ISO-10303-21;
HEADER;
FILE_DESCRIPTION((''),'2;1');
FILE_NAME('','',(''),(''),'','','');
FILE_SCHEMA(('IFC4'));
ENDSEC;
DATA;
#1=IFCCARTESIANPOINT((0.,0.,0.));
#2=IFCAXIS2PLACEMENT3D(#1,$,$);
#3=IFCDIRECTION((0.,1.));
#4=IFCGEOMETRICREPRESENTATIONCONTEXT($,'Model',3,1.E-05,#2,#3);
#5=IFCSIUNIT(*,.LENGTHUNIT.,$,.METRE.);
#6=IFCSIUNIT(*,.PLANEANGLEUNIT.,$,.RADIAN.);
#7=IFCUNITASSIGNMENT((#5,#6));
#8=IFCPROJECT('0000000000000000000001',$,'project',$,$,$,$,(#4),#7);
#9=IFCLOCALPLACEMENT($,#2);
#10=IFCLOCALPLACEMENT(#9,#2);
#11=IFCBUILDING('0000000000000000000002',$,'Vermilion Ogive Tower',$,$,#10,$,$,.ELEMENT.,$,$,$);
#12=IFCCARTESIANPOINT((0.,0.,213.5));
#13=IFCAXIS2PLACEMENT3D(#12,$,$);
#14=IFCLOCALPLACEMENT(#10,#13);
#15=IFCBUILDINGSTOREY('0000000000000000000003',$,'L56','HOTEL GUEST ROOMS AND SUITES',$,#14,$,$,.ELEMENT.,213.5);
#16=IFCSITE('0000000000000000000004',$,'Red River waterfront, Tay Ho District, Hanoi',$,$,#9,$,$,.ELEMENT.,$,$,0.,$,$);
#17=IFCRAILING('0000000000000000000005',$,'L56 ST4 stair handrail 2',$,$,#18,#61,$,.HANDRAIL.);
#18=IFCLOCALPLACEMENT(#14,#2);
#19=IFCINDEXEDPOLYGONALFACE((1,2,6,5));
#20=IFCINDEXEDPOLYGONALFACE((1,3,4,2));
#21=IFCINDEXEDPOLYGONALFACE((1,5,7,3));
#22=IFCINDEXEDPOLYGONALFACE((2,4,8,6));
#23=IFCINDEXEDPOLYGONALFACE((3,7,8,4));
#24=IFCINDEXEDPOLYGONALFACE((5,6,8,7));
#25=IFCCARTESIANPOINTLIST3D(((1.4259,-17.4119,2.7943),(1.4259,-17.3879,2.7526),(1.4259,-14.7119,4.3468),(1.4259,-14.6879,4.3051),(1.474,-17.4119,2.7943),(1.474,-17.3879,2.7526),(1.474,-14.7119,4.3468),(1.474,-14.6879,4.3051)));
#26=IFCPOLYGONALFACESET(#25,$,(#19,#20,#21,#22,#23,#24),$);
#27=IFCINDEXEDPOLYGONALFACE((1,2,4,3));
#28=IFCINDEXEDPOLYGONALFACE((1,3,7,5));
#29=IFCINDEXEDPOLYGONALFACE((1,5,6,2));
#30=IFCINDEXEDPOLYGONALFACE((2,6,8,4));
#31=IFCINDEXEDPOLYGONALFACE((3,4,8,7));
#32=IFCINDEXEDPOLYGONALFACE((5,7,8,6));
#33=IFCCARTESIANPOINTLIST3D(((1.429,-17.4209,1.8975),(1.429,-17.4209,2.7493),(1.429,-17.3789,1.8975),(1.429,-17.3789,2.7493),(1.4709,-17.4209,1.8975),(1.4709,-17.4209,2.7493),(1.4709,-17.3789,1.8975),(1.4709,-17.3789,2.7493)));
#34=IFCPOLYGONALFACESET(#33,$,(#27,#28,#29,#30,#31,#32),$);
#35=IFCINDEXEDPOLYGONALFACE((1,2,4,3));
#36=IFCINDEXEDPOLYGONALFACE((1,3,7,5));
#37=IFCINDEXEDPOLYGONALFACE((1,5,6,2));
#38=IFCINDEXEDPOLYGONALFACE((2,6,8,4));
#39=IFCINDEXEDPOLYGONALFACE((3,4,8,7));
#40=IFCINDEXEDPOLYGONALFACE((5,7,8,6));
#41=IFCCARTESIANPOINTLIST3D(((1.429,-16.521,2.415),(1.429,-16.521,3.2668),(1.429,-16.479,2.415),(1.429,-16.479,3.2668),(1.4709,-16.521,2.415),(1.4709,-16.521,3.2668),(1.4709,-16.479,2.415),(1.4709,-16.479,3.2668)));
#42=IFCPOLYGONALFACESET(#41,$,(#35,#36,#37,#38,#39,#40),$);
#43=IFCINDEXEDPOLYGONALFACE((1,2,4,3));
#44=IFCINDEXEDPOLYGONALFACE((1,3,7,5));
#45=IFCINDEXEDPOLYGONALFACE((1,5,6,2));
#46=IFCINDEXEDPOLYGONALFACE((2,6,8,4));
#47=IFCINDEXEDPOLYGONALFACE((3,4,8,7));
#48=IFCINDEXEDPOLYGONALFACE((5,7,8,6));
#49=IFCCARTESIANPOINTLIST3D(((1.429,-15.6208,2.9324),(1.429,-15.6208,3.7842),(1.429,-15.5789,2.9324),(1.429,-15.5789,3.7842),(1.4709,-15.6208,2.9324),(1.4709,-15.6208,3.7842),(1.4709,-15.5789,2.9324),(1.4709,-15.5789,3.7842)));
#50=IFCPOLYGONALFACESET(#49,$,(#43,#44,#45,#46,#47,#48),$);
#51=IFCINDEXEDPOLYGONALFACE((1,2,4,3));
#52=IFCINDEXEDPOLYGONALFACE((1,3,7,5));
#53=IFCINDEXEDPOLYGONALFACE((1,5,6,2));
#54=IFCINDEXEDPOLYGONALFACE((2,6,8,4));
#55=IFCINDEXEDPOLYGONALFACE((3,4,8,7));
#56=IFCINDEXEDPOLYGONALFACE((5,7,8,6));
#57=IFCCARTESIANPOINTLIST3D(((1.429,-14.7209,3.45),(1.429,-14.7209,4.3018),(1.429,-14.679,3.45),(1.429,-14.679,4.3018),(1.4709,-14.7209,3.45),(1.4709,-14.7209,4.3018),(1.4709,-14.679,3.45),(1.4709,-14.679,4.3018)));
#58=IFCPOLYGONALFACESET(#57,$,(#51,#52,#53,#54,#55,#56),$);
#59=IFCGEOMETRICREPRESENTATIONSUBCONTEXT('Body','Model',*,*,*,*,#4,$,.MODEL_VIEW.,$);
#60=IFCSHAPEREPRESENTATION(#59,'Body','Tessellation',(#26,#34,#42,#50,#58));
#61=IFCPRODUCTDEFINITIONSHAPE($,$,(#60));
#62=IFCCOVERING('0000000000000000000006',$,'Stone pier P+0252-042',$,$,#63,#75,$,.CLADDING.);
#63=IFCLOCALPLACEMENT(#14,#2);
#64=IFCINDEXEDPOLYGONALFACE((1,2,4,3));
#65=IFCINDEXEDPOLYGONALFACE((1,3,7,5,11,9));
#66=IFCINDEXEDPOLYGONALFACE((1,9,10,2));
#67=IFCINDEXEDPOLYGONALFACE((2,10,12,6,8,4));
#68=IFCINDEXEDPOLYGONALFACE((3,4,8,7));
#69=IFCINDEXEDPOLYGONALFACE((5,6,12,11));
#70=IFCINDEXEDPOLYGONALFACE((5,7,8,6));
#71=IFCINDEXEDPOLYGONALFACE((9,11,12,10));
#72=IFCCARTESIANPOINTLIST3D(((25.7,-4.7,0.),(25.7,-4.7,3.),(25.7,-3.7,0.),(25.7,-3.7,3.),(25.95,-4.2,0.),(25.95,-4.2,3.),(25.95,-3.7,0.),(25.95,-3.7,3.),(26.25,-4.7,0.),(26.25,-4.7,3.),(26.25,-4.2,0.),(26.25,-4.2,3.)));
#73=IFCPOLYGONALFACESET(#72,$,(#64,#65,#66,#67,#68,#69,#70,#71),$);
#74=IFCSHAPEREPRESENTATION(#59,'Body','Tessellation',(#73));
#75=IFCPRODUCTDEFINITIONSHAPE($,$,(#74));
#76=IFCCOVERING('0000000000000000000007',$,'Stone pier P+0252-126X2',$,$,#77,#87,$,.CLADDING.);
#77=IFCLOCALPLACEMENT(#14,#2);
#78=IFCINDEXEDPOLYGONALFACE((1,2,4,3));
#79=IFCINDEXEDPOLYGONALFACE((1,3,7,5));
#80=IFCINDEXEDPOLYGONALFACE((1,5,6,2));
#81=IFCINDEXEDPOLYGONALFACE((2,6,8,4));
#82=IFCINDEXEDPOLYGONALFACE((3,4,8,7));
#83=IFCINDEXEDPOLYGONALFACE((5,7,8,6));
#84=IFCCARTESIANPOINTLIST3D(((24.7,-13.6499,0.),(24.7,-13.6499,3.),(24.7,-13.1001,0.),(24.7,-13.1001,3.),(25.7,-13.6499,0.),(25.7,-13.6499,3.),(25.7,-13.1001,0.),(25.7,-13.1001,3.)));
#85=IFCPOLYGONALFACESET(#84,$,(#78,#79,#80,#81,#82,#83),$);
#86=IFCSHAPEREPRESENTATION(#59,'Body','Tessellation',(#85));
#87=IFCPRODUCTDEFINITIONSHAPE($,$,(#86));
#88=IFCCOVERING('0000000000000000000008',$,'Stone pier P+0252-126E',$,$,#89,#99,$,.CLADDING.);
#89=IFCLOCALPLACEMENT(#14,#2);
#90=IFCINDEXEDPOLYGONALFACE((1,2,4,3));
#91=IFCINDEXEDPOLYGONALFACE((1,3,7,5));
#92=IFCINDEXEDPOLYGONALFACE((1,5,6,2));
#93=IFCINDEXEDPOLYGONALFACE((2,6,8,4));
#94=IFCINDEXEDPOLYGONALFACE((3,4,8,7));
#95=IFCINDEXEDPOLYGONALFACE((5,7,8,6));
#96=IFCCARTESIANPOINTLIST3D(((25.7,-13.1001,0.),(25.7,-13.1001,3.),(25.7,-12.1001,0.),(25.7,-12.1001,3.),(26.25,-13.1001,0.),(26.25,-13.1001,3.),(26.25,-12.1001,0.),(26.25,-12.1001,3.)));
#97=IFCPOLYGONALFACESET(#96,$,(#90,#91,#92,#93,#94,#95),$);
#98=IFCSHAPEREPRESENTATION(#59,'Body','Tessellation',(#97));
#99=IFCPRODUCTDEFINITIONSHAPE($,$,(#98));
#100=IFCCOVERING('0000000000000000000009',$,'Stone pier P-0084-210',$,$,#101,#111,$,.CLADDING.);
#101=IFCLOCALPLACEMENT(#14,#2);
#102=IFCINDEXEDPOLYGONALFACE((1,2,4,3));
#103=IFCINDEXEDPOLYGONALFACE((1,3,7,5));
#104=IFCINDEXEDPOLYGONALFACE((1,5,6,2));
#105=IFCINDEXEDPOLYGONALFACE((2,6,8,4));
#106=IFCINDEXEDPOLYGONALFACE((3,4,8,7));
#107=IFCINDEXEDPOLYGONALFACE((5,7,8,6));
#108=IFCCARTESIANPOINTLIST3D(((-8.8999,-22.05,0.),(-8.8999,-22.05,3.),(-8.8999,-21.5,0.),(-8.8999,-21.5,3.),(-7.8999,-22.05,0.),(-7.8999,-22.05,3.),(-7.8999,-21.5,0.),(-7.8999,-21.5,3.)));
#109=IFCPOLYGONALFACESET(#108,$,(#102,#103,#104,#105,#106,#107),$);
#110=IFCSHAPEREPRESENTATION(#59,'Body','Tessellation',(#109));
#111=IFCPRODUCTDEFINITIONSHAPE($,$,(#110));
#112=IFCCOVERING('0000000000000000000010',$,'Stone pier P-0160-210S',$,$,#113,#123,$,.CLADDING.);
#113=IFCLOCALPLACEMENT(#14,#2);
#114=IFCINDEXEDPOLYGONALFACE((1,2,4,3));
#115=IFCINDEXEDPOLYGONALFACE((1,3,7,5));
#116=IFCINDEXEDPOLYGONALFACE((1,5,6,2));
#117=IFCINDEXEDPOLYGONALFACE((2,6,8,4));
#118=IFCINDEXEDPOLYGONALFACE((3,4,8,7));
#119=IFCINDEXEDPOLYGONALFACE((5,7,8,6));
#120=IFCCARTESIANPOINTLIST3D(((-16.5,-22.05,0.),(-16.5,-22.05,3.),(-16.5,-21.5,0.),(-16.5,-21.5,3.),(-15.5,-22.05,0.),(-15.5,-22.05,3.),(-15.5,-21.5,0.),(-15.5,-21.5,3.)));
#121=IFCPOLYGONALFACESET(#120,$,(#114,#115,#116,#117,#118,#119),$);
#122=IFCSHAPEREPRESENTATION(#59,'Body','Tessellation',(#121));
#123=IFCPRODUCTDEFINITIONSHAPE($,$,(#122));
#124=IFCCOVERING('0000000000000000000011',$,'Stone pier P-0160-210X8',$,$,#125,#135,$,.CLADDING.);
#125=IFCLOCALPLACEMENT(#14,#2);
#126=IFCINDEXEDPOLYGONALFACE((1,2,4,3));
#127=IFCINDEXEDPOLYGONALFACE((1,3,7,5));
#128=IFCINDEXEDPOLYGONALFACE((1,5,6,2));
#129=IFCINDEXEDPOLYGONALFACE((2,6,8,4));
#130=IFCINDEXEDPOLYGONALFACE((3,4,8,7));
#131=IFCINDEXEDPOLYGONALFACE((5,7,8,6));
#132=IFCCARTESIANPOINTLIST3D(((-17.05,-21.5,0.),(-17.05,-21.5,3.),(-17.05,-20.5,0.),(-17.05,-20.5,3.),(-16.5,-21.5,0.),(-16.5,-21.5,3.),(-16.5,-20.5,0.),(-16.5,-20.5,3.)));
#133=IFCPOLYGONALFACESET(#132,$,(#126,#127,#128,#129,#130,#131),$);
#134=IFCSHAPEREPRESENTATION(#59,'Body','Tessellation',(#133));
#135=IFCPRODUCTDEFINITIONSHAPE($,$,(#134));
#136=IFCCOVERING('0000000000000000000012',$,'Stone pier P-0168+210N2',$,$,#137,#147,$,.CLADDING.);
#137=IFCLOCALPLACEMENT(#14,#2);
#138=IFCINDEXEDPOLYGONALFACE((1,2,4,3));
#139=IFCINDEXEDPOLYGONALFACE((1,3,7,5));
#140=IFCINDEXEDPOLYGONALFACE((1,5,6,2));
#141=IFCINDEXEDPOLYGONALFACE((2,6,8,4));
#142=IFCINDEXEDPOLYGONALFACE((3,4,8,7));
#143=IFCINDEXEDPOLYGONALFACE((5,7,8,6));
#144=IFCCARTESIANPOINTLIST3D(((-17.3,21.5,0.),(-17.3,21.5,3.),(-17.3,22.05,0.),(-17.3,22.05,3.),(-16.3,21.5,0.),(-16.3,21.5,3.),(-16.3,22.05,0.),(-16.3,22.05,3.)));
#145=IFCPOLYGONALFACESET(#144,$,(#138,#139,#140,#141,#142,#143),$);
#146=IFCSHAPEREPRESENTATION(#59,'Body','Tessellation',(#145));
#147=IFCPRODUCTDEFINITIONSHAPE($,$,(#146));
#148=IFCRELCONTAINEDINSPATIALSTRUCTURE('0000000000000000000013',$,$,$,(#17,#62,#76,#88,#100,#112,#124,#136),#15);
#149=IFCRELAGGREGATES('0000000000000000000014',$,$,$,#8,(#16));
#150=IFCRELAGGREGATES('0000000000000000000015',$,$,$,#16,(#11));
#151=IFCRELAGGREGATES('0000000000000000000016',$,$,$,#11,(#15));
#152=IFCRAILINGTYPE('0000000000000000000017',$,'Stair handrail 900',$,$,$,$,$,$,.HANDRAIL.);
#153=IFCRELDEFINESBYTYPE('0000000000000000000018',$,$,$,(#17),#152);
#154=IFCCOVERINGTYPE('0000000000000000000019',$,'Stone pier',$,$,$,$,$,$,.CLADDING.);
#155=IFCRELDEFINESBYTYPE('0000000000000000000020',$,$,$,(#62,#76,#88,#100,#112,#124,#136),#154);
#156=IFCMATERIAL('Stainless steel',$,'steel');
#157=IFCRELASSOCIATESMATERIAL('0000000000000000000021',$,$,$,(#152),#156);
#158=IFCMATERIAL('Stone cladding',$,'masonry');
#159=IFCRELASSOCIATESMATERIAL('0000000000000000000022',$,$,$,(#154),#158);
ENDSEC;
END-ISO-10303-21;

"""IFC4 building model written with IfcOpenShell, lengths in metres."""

from ifc_helpers import new_model, si_unit, direction, frame, origin, origin_2d, place, context, subcontext, project, spatial, polyline, rectangle, outline, extrude, material, type_object, element, save


model = new_model("IFC4")

# Units and contexts
model_context = context("Model", 3, precision=1e-05, world=origin(), true_north=direction((0.0, 1.0)))
body_context = subcontext(model_context, "Body", "Model", "MODEL_VIEW")
ifc_project = project(units=[si_unit("LENGTHUNIT", "METRE"), si_unit("PLANEANGLEUNIT", "RADIAN")], contexts=[model_context])

# Site, building, storey
site_placement = place(None, origin())
site = spatial("IfcSite", under=ifc_project, at=site_placement, Name="Red River waterfront, Tay Ho District, Hanoi", CompositionType="ELEMENT", RefElevation=0.0)
building_placement = place(site_placement, origin())
building = spatial("IfcBuilding", under=site, at=building_placement, Name="Vermilion Ogive Tower", CompositionType="ELEMENT")
storey_placement = place(building_placement, frame((0.0, 0.0, 213.5)))
storey = spatial("IfcBuildingStorey", under=building, at=storey_placement, Name="L56", Description="HOTEL GUEST ROOMS AND SUITES", CompositionType="ELEMENT", Elevation=213.5)

# Railing
ifc_material_1 = material(Name="Stainless steel", Category="steel")
railing_type_1 = type_object("IfcRailingType", Name="Stair handrail 900", PredefinedType="HANDRAIL", material=ifc_material_1)
railing_1_placement = place(storey_placement, frame((1.45, -17.3999, 1.8975)))
element("IfcRailing", 1, at=railing_1_placement, inside=storey, type_object=railing_type_1, Name="L56 ST4 stair handrail 2", PredefinedType="HANDRAIL", context=body_context, shape_type="SweptSolid", body=[
    extrude(rectangle(XDim=0.0481, YDim=0.0481, at=origin_2d()), frame((0.0, 0.0, 0.876), z_axis=(0.0, 0.866904, 0.498476), x_axis=(-1.0, 0.0, 0.0)), (0.0, 0.0, 1.0), 3.1145),
    extrude(rectangle(XDim=0.042, YDim=0.042, at=origin_2d()), origin(), (0.0, 0.0, 1.0), 0.8518),
    extrude(rectangle(XDim=0.042, YDim=0.042, at=origin_2d()), frame((0.0, 0.8999, 0.5176)), (0.0, 0.0, 1.0), 0.8518),
    extrude(rectangle(XDim=0.042, YDim=0.042, at=origin_2d()), frame((0.0, 1.8, 1.0349)), (0.0, 0.0, 1.0), 0.8518),
    extrude(rectangle(XDim=0.042, YDim=0.042, at=origin_2d()), frame((0.0, 2.7, 1.5525)), (0.0, 0.0, 1.0), 0.8518),
])

# Coverings
ifc_material_2 = material(Name="Stone cladding", Category="masonry")
covering_type = type_object("IfcCoveringType", Name="Stone pier", PredefinedType="CLADDING", material=ifc_material_2)
covering_1_placement = place(storey_placement, origin())
element("IfcCovering", 2, at=covering_1_placement, inside=storey, type_object=covering_type, Name="Stone pier P+0252-042", PredefinedType="CLADDING", context=body_context, shape_type="SweptSolid", body=[
    extrude(outline(polyline([(25.7, -3.7), (25.95, -3.7), (25.95, -4.2), (26.25, -4.2), (26.25, -4.7), (25.7, -4.7), (25.7, -4.7), (25.7, -3.7)])), origin(), (0.0, 0.0, 1.0), 3.0),
])
covering_2_placement = place(storey_placement, origin())
element("IfcCovering", 3, at=covering_2_placement, inside=storey, type_object=covering_type, Name="Stone pier P+0252-126X2", PredefinedType="CLADDING", context=body_context, shape_type="SweptSolid", body=[
    extrude(outline(polyline([(25.7, -13.6499), (24.7, -13.6499), (24.7, -13.1001), (25.7, -13.1001), (25.7, -13.6499)])), origin(), (0.0, 0.0, 1.0), 3.0),
])
covering_3_placement = place(storey_placement, origin())
element("IfcCovering", 4, at=covering_3_placement, inside=storey, type_object=covering_type, Name="Stone pier P+0252-126E", PredefinedType="CLADDING", context=body_context, shape_type="SweptSolid", body=[
    extrude(outline(polyline([(26.25, -13.1001), (25.7, -13.1001), (25.7, -12.1001), (26.25, -12.1001), (26.25, -13.1001)])), origin(), (0.0, 0.0, 1.0), 3.0),
])
covering_4_placement = place(storey_placement, origin())
element("IfcCovering", 5, at=covering_4_placement, inside=storey, type_object=covering_type, Name="Stone pier P-0084-210", PredefinedType="CLADDING", context=body_context, shape_type="SweptSolid", body=[
    extrude(outline(polyline([(-7.8999, -22.05), (-8.8999, -22.05), (-8.8999, -21.5), (-7.8999, -21.5), (-7.8999, -22.05)])), origin(), (0.0, 0.0, 1.0), 3.0),
])
covering_5_placement = place(storey_placement, origin())
element("IfcCovering", 6, at=covering_5_placement, inside=storey, type_object=covering_type, Name="Stone pier P-0160-210S", PredefinedType="CLADDING", context=body_context, shape_type="SweptSolid", body=[
    extrude(outline(polyline([(-15.5, -22.05), (-16.5, -22.05), (-16.5, -21.5), (-15.5, -21.5), (-15.5, -22.05)])), origin(), (0.0, 0.0, 1.0), 3.0),
])
covering_6_placement = place(storey_placement, origin())
element("IfcCovering", 7, at=covering_6_placement, inside=storey, type_object=covering_type, Name="Stone pier P-0160-210X8", PredefinedType="CLADDING", context=body_context, shape_type="SweptSolid", body=[
    extrude(outline(polyline([(-17.05, -20.5), (-16.5, -20.5), (-16.5, -21.5), (-17.05, -21.5), (-17.05, -20.5)])), origin(), (0.0, 0.0, 1.0), 3.0),
])
covering_7_placement = place(storey_placement, origin())
element("IfcCovering", 8, at=covering_7_placement, inside=storey, type_object=covering_type, Name="Stone pier P-0168+210N2", PredefinedType="CLADDING", context=body_context, shape_type="SweptSolid", body=[
    extrude(outline(polyline([(-17.3, 21.5), (-17.3, 22.05), (-16.3, 22.05), (-16.3, 21.5), (-17.3, 21.5), (-17.3, 21.5)])), origin(), (0.0, 0.0, 1.0), 3.0),
])

save(model, "model.ifc")
